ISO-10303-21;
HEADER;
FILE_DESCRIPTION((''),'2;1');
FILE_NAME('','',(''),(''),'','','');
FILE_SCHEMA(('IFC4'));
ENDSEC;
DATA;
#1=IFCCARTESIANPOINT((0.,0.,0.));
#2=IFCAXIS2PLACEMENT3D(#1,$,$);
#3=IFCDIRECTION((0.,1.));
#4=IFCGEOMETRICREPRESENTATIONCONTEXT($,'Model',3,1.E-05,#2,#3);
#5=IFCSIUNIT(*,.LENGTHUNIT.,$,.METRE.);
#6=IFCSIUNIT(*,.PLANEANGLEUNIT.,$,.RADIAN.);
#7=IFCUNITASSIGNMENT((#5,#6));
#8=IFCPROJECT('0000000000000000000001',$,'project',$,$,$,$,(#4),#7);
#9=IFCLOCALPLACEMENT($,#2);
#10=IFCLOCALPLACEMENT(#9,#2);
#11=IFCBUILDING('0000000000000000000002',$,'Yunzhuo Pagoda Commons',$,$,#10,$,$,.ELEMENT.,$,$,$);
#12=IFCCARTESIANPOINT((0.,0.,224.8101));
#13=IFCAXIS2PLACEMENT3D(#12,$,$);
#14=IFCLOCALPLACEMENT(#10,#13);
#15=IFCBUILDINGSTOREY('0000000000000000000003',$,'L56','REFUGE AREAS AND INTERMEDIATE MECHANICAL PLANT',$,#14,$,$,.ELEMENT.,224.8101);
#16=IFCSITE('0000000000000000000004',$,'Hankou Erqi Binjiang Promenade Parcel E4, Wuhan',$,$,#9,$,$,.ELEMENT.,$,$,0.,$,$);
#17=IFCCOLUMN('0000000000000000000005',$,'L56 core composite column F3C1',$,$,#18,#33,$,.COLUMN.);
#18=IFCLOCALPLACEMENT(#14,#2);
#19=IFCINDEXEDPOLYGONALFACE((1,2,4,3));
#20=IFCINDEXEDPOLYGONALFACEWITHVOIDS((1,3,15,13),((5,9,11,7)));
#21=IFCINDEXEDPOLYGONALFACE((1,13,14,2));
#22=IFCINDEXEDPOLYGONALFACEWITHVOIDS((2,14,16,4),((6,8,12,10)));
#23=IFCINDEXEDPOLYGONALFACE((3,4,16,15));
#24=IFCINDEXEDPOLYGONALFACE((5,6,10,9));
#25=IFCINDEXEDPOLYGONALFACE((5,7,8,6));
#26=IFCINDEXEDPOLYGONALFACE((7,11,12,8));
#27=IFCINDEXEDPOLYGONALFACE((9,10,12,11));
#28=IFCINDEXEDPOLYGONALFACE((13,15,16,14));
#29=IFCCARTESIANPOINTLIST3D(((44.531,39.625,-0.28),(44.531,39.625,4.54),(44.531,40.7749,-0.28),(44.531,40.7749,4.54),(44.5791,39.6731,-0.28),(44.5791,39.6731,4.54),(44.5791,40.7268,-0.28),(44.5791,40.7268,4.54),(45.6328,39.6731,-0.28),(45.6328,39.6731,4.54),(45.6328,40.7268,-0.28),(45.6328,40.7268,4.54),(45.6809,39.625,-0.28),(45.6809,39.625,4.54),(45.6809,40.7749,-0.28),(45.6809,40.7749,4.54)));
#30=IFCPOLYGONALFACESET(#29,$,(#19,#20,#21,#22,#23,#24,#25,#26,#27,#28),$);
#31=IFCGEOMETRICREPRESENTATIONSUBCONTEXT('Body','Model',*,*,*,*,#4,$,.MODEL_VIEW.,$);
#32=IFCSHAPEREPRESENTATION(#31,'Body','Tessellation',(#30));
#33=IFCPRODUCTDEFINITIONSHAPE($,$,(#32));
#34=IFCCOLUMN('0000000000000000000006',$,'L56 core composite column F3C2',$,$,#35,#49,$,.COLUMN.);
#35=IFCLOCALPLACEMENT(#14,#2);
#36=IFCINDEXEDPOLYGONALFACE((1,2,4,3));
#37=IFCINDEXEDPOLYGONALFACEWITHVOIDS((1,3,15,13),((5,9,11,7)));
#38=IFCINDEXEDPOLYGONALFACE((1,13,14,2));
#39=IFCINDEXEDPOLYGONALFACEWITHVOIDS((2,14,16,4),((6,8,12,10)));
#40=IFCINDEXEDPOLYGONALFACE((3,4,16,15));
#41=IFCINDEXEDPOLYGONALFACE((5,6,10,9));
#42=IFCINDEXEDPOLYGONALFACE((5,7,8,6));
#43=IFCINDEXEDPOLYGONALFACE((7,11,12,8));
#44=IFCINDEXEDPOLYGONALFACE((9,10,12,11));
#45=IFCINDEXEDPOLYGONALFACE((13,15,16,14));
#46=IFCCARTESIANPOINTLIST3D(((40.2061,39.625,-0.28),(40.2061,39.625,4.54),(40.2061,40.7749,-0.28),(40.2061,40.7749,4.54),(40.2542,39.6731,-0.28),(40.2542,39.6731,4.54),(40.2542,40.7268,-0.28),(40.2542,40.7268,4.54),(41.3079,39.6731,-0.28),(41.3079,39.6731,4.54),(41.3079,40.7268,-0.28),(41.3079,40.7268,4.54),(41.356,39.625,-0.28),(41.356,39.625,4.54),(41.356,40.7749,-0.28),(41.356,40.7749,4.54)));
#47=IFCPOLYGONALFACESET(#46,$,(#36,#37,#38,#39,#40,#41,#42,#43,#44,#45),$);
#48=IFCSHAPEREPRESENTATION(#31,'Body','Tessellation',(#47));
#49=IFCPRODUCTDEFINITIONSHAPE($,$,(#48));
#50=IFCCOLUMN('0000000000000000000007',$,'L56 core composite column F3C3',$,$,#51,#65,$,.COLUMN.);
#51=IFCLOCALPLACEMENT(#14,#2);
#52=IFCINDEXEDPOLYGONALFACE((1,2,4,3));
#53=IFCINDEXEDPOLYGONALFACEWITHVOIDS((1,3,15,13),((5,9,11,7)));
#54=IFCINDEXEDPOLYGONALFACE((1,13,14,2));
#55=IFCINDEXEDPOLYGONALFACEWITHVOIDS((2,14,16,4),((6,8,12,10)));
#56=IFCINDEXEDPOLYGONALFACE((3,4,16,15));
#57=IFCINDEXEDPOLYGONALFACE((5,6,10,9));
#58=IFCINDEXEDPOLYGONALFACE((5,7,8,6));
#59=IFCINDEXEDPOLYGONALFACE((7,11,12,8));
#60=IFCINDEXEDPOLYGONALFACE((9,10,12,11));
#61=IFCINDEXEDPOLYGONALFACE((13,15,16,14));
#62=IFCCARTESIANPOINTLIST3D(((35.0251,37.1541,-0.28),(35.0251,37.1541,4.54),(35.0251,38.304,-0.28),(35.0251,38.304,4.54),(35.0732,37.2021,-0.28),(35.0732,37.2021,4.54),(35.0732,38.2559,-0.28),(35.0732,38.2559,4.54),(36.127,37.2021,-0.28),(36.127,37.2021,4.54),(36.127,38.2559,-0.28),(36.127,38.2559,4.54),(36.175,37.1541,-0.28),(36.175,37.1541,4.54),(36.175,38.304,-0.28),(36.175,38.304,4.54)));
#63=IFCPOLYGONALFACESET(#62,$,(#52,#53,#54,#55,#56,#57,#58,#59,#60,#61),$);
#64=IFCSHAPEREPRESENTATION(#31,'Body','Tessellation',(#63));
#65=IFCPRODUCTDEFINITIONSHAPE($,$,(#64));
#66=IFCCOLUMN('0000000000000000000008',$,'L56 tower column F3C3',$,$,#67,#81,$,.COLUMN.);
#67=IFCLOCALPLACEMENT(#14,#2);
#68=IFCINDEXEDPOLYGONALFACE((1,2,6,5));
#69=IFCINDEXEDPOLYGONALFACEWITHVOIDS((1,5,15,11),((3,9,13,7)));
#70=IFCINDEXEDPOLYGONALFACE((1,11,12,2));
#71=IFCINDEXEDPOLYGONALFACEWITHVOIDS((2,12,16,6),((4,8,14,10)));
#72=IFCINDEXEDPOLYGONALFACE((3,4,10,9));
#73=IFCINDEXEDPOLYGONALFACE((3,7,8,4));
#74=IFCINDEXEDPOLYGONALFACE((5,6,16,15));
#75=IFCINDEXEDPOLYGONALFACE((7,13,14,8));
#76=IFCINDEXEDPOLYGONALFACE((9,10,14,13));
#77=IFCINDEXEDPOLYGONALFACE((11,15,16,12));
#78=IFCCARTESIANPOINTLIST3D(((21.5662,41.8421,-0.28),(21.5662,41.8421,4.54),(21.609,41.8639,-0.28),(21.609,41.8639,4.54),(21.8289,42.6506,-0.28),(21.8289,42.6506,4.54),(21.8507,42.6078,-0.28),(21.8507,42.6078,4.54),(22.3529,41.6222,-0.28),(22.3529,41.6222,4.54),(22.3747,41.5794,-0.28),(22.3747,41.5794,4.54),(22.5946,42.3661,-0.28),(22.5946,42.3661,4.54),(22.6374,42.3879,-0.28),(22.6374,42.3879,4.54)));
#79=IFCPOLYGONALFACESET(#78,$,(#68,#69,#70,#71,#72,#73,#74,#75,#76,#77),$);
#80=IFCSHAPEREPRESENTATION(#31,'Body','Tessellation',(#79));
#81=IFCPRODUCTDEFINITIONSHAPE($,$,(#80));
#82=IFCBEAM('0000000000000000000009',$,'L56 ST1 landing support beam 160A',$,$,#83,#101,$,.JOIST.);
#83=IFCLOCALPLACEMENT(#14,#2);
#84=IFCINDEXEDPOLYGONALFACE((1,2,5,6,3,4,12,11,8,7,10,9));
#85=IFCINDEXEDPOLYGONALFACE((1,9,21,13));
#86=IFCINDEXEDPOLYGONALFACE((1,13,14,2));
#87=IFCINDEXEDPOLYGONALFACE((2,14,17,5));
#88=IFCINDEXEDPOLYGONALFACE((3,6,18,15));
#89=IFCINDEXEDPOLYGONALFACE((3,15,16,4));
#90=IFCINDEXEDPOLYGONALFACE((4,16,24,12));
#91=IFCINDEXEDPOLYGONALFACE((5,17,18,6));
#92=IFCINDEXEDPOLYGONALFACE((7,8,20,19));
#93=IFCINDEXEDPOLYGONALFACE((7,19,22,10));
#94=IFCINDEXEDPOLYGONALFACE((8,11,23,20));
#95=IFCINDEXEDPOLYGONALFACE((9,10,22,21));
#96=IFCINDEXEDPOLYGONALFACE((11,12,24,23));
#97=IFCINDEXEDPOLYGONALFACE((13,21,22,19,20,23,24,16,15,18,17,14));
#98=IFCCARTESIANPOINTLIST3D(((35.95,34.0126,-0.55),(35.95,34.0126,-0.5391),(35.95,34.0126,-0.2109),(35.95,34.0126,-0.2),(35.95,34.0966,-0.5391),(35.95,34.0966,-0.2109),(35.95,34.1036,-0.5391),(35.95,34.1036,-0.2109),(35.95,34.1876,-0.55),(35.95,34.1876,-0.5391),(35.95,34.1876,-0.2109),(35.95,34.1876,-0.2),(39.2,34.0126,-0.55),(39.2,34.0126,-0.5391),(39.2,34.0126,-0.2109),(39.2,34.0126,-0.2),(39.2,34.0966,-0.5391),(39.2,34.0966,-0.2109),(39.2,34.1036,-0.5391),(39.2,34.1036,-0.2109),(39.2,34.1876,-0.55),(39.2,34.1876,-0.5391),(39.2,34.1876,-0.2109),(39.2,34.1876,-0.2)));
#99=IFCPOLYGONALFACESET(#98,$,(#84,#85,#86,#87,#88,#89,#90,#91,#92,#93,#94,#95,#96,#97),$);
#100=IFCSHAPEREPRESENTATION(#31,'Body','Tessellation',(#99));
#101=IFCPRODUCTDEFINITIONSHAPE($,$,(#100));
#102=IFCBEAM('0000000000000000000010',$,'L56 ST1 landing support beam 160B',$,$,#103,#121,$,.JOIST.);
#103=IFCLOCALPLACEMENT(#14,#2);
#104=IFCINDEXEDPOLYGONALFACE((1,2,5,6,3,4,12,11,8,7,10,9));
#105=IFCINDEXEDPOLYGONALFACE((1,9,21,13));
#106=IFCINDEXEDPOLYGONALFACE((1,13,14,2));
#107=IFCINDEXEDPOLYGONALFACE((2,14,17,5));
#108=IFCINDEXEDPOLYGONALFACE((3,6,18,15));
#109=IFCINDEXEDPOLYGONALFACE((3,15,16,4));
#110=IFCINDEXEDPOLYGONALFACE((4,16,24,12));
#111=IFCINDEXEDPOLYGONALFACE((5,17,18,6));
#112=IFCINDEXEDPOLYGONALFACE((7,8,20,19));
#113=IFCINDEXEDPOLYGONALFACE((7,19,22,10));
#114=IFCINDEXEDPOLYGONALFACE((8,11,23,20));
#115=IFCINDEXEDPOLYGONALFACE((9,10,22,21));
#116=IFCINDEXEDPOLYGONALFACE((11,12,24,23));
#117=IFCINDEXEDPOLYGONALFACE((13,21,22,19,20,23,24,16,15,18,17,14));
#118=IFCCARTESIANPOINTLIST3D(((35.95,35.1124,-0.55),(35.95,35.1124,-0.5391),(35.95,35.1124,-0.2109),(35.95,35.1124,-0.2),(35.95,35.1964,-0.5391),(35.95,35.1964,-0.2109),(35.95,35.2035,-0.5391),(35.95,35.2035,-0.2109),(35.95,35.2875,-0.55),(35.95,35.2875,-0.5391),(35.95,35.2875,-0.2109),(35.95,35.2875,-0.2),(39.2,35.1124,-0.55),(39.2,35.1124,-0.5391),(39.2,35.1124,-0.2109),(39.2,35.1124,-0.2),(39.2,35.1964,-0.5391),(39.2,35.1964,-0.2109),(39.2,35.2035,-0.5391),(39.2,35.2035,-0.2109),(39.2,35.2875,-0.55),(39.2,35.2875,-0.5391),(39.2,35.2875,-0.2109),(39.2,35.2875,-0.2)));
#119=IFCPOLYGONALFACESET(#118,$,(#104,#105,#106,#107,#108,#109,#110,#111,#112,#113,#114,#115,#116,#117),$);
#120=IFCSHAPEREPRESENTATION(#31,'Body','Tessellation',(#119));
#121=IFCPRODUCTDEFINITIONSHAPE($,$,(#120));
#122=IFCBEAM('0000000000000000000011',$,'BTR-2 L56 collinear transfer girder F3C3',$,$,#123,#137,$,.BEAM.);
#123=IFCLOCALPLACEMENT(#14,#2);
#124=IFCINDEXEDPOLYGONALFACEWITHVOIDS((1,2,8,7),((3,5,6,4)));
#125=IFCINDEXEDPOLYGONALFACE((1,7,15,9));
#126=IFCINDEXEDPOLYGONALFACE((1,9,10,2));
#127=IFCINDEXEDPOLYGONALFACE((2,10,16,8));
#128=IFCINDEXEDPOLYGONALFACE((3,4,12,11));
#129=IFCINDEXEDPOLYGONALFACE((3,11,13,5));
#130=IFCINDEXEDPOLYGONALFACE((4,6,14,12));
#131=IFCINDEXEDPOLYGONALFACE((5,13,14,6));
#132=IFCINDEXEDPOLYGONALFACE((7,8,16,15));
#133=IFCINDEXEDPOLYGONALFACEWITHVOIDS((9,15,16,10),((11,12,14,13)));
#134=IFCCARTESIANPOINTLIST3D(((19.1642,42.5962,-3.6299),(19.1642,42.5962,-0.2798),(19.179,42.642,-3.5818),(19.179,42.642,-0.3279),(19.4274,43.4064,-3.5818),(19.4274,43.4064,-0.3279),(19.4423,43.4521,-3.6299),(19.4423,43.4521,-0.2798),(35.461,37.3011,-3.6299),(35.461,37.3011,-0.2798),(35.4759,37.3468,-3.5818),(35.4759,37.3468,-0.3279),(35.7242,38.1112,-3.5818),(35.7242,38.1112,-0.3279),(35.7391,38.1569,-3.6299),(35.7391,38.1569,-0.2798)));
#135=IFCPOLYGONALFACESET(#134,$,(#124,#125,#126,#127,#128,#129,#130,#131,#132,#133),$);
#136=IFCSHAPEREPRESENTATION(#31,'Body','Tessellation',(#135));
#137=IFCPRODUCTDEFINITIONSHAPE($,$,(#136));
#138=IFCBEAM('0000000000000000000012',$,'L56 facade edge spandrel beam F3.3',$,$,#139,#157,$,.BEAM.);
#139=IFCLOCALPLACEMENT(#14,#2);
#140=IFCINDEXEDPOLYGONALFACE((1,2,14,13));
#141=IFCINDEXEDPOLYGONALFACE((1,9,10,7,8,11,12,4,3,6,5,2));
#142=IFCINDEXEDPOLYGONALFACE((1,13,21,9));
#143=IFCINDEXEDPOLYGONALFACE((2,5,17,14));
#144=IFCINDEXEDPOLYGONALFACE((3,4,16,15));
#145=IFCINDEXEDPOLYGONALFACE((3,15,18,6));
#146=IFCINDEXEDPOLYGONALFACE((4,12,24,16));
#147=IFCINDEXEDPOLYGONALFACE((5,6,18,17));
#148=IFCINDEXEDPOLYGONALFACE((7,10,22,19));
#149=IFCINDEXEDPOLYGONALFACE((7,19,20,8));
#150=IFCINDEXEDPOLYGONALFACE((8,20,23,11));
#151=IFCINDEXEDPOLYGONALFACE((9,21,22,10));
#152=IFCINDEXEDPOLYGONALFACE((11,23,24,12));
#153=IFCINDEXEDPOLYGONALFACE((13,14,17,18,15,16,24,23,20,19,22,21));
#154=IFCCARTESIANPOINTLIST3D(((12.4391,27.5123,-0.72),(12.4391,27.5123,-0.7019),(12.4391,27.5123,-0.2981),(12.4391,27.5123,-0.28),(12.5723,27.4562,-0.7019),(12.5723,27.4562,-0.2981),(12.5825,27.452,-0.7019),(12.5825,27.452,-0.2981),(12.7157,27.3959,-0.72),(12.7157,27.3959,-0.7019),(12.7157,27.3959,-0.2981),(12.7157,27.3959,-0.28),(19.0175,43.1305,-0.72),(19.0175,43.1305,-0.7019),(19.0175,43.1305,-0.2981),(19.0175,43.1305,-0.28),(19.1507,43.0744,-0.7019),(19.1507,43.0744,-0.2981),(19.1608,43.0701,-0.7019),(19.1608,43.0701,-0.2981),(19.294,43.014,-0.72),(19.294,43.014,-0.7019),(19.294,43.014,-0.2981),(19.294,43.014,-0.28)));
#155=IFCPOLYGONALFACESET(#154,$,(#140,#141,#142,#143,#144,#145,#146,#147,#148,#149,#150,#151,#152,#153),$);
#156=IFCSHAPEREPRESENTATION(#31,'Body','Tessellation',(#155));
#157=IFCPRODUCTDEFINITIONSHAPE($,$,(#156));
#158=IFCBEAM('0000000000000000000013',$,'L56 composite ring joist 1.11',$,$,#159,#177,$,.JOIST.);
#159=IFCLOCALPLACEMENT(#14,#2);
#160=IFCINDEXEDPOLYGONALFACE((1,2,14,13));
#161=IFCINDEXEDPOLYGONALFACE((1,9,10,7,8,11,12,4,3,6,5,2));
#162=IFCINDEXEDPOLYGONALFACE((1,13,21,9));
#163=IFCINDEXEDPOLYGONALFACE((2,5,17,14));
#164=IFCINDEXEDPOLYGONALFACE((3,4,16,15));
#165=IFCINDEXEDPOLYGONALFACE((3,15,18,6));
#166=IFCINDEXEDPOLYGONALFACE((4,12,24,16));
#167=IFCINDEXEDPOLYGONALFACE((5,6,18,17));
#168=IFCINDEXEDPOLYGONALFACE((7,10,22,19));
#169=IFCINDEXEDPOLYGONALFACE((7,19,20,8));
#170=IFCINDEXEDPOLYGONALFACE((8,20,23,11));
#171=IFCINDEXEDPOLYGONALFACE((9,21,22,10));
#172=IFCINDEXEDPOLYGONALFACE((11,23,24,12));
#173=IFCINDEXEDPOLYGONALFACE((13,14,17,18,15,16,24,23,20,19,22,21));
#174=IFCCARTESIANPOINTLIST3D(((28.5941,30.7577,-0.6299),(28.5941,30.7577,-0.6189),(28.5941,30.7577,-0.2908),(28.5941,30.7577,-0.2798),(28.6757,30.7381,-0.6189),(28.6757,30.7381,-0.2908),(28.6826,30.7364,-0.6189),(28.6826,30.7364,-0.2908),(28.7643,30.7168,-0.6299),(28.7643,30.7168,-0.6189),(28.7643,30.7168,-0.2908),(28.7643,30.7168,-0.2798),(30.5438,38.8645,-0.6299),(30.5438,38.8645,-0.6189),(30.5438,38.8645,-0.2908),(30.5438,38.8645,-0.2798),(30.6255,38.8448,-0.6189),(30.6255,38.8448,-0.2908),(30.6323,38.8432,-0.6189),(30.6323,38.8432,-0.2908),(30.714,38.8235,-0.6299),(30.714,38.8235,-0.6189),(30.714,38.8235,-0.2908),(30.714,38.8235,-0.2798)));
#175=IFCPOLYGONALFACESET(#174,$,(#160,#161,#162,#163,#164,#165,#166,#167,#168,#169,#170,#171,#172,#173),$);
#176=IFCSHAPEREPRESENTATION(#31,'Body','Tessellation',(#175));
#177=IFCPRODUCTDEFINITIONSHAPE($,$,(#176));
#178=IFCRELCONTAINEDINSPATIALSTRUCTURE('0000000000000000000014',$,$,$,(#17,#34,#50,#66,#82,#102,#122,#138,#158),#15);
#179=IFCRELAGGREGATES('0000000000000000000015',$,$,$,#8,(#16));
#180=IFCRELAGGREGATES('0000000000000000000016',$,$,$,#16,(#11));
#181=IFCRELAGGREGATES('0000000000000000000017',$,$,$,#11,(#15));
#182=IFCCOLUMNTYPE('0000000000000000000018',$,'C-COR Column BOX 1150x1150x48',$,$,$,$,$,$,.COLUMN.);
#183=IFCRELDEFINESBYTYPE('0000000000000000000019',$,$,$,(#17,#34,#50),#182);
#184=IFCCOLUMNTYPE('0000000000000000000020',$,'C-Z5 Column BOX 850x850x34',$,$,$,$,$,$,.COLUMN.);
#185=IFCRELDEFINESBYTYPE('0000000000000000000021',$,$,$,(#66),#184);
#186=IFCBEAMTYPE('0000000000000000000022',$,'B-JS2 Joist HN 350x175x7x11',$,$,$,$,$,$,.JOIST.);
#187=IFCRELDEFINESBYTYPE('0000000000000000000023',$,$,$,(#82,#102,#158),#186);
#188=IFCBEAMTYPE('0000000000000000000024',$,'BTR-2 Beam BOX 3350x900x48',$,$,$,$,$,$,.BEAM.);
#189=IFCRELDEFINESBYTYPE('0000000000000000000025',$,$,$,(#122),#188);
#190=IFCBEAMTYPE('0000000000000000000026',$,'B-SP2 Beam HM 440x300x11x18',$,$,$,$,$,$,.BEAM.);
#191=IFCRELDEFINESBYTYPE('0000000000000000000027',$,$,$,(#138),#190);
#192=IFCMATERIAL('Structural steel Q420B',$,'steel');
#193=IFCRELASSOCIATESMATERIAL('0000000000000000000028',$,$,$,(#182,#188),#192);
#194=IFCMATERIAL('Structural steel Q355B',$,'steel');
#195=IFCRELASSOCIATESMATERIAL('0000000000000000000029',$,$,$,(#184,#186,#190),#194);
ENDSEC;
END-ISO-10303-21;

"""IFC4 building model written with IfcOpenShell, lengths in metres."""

from ifc_helpers import new_model, si_unit, direction, frame, origin, origin_2d, place, context, subcontext, project, spatial, hollow_rectangle, i_section, extrude, source, transform, mapped, material, material_profile, profile_set, type_object, element, save


model = new_model("IFC4")

# Units and contexts
model_context = context("Model", 3, precision=1e-05, world=origin(), true_north=direction((0.0, 1.0)))
body_context = subcontext(model_context, "Body", "Model", "MODEL_VIEW")
ifc_project = project(units=[si_unit("LENGTHUNIT", "METRE"), si_unit("PLANEANGLEUNIT", "RADIAN")], contexts=[model_context])

# Site, building, storey
site_placement = place(None, origin())
site = spatial("IfcSite", under=ifc_project, at=site_placement, Name="Hankou Erqi Binjiang Promenade Parcel E4, Wuhan", CompositionType="ELEMENT", RefElevation=0.0)
building_placement = place(site_placement, origin())
building = spatial("IfcBuilding", under=site, at=building_placement, Name="Yunzhuo Pagoda Commons", CompositionType="ELEMENT")
storey_placement = place(building_placement, frame((0.0, 0.0, 224.8101)))
storey = spatial("IfcBuildingStorey", under=building, at=storey_placement, Name="L56", Description="REFUGE AREAS AND INTERMEDIATE MECHANICAL PLANT", CompositionType="ELEMENT", Elevation=224.8101)

# Columns
ifc_material_1 = material(Name="Structural steel Q420B", Category="steel")
ifc_material_profile_1 = material_profile(ifc_material_1, hollow_rectangle(XDim=1.1499, YDim=1.1499, WallThickness=0.0481, at=origin_2d()), Name="Structural steel Q420B")
ifc_profile_set_1 = profile_set([ifc_material_profile_1], Name="Structural steel Q420B")
column_type_1 = type_object("IfcColumnType", Name="C-COR Column BOX 1150x1150x48", PredefinedType="COLUMN", material=ifc_profile_set_1)
shared_shape_1 = source(origin(), body_context, "Body", "SweptSolid", [
    extrude(hollow_rectangle(XDim=1.1499, YDim=1.1499, WallThickness=0.0481, at=origin_2d()), origin(), (0.0, 0.0, 1.0), 4.8201),
])
for number, where, z_axis, x_axis, name in (
    (1, (45.106, 40.2, -0.28), (0.0, 0.0, 1.0), (1.0, 0.0, 0.0), "L56 core composite column F3C1"),
    (2, (40.781, 40.2, -0.28), (0.0, 0.0, 1.0), (1.0, 0.0, 0.0), "L56 core composite column F3C2"),
    (3, (35.6001, 37.729, -0.28), (0.0, 0.0, 1.0), (1.0, 0.0, 0.0), "L56 core composite column F3C3"),
):
    element("IfcColumn", number, at=place(storey_placement, frame(where, z_axis=z_axis, x_axis=x_axis)), inside=storey, type_object=column_type_1, Name=name, PredefinedType="COLUMN", context=body_context, shape_type="MappedRepresentation", body=[
        mapped(shared_shape_1, transform((0.0, 0.0, 0.0), scale=1.0)),
    ])
ifc_material_2 = material(Name="Structural steel Q355B", Category="steel")
ifc_material_profile_2 = material_profile(ifc_material_2, hollow_rectangle(XDim=0.8501, YDim=0.8501, WallThickness=0.0339, at=origin_2d()), Name="Structural steel Q355B")
ifc_profile_set_2 = profile_set([ifc_material_profile_2], Name="Structural steel Q355B")
column_type_2 = type_object("IfcColumnType", Name="C-Z5 Column BOX 850x850x34", PredefinedType="COLUMN", material=ifc_profile_set_2)
shared_shape_2 = source(origin(), body_context, "Body", "SweptSolid", [
    extrude(hollow_rectangle(XDim=0.8501, YDim=0.8501, WallThickness=0.0339, at=origin_2d()), origin(), (0.0, 0.0, 1.0), 4.8201),
])
column_placement = place(storey_placement, frame((22.1018, 42.115, -0.28), z_axis=(0.0, 0.0, 1.0), x_axis=(-0.309017, -0.951057, 0.0)))
element("IfcColumn", 4, at=column_placement, inside=storey, type_object=column_type_2, Name="L56 tower column F3C3", PredefinedType="COLUMN", context=body_context, shape_type="MappedRepresentation", body=[
    mapped(shared_shape_2, transform((0.0, 0.0, 0.0), scale=1.0)),
])

# Beams
ifc_material_profile_3 = material_profile(ifc_material_2, i_section(OverallWidth=0.175, OverallDepth=0.3501, WebThickness=0.0071, FlangeThickness=0.011, at=origin_2d()), Name="Structural steel Q355B")
ifc_profile_set_3 = profile_set([ifc_material_profile_3], Name="Structural steel Q355B")
beam_type_1 = type_object("IfcBeamType", Name="B-JS2 Joist HN 350x175x7x11", PredefinedType="JOIST", material=ifc_profile_set_3)
shared_shape_3 = source(origin(), body_context, "Body", "SweptSolid", [
    extrude(i_section(OverallWidth=0.175, OverallDepth=0.3501, WebThickness=0.0071, FlangeThickness=0.011, at=origin_2d()), origin(), (0.0, 0.0, 1.0), 3.25),
])
for number, where, z_axis, x_axis, name in (
    (5, (35.95, 34.1001, -0.375), (1.0, 0.0, 0.0), (0.0, 1.0, 0.0), "L56 ST1 landing support beam 160A"),
    (6, (35.95, 35.2, -0.375), (1.0, 0.0, 0.0), (0.0, 1.0, 0.0), "L56 ST1 landing support beam 160B"),
):
    element("IfcBeam", number, at=place(storey_placement, frame(where, z_axis=z_axis, x_axis=x_axis)), inside=storey, type_object=beam_type_1, Name=name, PredefinedType="JOIST", context=body_context, shape_type="MappedRepresentation", body=[
        mapped(shared_shape_3, transform((0.0, 0.0, 0.0), scale=1.0)),
    ])
ifc_material_profile_4 = material_profile(ifc_material_1, hollow_rectangle(XDim=0.8999, YDim=3.3501, WallThickness=0.0481, at=origin_2d()), Name="Structural steel Q420B")
ifc_profile_set_4 = profile_set([ifc_material_profile_4], Name="Structural steel Q420B")
beam_type_2 = type_object("IfcBeamType", Name="BTR-2 Beam BOX 3350x900x48", PredefinedType="BEAM", material=ifc_profile_set_4)
shared_shape_4 = source(origin(), body_context, "Body", "SweptSolid", [
    extrude(hollow_rectangle(XDim=0.8999, YDim=3.3501, WallThickness=0.0481, at=origin_2d()), origin(), (0.0, 0.0, 1.0), 17.1355),
])
beam_1_placement = place(storey_placement, frame((19.3032, 43.0242, -1.9548), z_axis=(0.951057, -0.309016, 0.0), x_axis=(0.309016, 0.951057, 0.0)))
element("IfcBeam", 7, at=beam_1_placement, inside=storey, type_object=beam_type_2, Name="BTR-2 L56 collinear transfer girder F3C3", PredefinedType="BEAM", context=body_context, shape_type="MappedRepresentation", body=[
    mapped(shared_shape_4, transform((0.0, 0.0, 0.0), scale=1.0)),
])
ifc_material_profile_5 = material_profile(ifc_material_2, i_section(OverallWidth=0.3, OverallDepth=0.4399, WebThickness=0.011, FlangeThickness=0.0181, at=origin_2d()), Name="Structural steel Q355B")
ifc_profile_set_5 = profile_set([ifc_material_profile_5], Name="Structural steel Q355B")
beam_type_3 = type_object("IfcBeamType", Name="B-SP2 Beam HM 440x300x11x18", PredefinedType="BEAM", material=ifc_profile_set_5)
shared_shape_5 = source(origin(), body_context, "Body", "SweptSolid", [
    extrude(i_section(OverallWidth=0.3, OverallDepth=0.4399, WebThickness=0.011, FlangeThickness=0.0181, at=origin_2d()), origin(), (0.0, 0.0, 1.0), 16.947),
])
beam_2_placement = place(storey_placement, frame((19.1558, 43.0723, -0.5), z_axis=(-0.388172, -0.921587, 0.0), x_axis=(0.921587, -0.388172, 0.0)))
element("IfcBeam", 8, at=beam_2_placement, inside=storey, type_object=beam_type_3, Name="L56 facade edge spandrel beam F3.3", PredefinedType="BEAM", context=body_context, shape_type="MappedRepresentation", body=[
    mapped(shared_shape_5, transform((0.0, 0.0, 0.0), scale=1.0)),
])
shared_shape_6 = source(origin(), body_context, "Body", "SweptSolid", [
    extrude(i_section(OverallWidth=0.175, OverallDepth=0.3501, WebThickness=0.0071, FlangeThickness=0.011, at=origin_2d()), origin(), (0.0, 0.0, 1.0), 8.3379),
])
beam_3_placement = place(storey_placement, frame((30.6289, 38.844, -0.4548), z_axis=(-0.233838, -0.972276, 0.0), x_axis=(0.972276, -0.233838, 0.0)))
element("IfcBeam", 9, at=beam_3_placement, inside=storey, type_object=beam_type_1, Name="L56 composite ring joist 1.11", PredefinedType="JOIST", context=body_context, shape_type="MappedRepresentation", body=[
    mapped(shared_shape_6, transform((0.0, 0.0, 0.0), scale=1.0)),
])

save(model, "model.ifc")
